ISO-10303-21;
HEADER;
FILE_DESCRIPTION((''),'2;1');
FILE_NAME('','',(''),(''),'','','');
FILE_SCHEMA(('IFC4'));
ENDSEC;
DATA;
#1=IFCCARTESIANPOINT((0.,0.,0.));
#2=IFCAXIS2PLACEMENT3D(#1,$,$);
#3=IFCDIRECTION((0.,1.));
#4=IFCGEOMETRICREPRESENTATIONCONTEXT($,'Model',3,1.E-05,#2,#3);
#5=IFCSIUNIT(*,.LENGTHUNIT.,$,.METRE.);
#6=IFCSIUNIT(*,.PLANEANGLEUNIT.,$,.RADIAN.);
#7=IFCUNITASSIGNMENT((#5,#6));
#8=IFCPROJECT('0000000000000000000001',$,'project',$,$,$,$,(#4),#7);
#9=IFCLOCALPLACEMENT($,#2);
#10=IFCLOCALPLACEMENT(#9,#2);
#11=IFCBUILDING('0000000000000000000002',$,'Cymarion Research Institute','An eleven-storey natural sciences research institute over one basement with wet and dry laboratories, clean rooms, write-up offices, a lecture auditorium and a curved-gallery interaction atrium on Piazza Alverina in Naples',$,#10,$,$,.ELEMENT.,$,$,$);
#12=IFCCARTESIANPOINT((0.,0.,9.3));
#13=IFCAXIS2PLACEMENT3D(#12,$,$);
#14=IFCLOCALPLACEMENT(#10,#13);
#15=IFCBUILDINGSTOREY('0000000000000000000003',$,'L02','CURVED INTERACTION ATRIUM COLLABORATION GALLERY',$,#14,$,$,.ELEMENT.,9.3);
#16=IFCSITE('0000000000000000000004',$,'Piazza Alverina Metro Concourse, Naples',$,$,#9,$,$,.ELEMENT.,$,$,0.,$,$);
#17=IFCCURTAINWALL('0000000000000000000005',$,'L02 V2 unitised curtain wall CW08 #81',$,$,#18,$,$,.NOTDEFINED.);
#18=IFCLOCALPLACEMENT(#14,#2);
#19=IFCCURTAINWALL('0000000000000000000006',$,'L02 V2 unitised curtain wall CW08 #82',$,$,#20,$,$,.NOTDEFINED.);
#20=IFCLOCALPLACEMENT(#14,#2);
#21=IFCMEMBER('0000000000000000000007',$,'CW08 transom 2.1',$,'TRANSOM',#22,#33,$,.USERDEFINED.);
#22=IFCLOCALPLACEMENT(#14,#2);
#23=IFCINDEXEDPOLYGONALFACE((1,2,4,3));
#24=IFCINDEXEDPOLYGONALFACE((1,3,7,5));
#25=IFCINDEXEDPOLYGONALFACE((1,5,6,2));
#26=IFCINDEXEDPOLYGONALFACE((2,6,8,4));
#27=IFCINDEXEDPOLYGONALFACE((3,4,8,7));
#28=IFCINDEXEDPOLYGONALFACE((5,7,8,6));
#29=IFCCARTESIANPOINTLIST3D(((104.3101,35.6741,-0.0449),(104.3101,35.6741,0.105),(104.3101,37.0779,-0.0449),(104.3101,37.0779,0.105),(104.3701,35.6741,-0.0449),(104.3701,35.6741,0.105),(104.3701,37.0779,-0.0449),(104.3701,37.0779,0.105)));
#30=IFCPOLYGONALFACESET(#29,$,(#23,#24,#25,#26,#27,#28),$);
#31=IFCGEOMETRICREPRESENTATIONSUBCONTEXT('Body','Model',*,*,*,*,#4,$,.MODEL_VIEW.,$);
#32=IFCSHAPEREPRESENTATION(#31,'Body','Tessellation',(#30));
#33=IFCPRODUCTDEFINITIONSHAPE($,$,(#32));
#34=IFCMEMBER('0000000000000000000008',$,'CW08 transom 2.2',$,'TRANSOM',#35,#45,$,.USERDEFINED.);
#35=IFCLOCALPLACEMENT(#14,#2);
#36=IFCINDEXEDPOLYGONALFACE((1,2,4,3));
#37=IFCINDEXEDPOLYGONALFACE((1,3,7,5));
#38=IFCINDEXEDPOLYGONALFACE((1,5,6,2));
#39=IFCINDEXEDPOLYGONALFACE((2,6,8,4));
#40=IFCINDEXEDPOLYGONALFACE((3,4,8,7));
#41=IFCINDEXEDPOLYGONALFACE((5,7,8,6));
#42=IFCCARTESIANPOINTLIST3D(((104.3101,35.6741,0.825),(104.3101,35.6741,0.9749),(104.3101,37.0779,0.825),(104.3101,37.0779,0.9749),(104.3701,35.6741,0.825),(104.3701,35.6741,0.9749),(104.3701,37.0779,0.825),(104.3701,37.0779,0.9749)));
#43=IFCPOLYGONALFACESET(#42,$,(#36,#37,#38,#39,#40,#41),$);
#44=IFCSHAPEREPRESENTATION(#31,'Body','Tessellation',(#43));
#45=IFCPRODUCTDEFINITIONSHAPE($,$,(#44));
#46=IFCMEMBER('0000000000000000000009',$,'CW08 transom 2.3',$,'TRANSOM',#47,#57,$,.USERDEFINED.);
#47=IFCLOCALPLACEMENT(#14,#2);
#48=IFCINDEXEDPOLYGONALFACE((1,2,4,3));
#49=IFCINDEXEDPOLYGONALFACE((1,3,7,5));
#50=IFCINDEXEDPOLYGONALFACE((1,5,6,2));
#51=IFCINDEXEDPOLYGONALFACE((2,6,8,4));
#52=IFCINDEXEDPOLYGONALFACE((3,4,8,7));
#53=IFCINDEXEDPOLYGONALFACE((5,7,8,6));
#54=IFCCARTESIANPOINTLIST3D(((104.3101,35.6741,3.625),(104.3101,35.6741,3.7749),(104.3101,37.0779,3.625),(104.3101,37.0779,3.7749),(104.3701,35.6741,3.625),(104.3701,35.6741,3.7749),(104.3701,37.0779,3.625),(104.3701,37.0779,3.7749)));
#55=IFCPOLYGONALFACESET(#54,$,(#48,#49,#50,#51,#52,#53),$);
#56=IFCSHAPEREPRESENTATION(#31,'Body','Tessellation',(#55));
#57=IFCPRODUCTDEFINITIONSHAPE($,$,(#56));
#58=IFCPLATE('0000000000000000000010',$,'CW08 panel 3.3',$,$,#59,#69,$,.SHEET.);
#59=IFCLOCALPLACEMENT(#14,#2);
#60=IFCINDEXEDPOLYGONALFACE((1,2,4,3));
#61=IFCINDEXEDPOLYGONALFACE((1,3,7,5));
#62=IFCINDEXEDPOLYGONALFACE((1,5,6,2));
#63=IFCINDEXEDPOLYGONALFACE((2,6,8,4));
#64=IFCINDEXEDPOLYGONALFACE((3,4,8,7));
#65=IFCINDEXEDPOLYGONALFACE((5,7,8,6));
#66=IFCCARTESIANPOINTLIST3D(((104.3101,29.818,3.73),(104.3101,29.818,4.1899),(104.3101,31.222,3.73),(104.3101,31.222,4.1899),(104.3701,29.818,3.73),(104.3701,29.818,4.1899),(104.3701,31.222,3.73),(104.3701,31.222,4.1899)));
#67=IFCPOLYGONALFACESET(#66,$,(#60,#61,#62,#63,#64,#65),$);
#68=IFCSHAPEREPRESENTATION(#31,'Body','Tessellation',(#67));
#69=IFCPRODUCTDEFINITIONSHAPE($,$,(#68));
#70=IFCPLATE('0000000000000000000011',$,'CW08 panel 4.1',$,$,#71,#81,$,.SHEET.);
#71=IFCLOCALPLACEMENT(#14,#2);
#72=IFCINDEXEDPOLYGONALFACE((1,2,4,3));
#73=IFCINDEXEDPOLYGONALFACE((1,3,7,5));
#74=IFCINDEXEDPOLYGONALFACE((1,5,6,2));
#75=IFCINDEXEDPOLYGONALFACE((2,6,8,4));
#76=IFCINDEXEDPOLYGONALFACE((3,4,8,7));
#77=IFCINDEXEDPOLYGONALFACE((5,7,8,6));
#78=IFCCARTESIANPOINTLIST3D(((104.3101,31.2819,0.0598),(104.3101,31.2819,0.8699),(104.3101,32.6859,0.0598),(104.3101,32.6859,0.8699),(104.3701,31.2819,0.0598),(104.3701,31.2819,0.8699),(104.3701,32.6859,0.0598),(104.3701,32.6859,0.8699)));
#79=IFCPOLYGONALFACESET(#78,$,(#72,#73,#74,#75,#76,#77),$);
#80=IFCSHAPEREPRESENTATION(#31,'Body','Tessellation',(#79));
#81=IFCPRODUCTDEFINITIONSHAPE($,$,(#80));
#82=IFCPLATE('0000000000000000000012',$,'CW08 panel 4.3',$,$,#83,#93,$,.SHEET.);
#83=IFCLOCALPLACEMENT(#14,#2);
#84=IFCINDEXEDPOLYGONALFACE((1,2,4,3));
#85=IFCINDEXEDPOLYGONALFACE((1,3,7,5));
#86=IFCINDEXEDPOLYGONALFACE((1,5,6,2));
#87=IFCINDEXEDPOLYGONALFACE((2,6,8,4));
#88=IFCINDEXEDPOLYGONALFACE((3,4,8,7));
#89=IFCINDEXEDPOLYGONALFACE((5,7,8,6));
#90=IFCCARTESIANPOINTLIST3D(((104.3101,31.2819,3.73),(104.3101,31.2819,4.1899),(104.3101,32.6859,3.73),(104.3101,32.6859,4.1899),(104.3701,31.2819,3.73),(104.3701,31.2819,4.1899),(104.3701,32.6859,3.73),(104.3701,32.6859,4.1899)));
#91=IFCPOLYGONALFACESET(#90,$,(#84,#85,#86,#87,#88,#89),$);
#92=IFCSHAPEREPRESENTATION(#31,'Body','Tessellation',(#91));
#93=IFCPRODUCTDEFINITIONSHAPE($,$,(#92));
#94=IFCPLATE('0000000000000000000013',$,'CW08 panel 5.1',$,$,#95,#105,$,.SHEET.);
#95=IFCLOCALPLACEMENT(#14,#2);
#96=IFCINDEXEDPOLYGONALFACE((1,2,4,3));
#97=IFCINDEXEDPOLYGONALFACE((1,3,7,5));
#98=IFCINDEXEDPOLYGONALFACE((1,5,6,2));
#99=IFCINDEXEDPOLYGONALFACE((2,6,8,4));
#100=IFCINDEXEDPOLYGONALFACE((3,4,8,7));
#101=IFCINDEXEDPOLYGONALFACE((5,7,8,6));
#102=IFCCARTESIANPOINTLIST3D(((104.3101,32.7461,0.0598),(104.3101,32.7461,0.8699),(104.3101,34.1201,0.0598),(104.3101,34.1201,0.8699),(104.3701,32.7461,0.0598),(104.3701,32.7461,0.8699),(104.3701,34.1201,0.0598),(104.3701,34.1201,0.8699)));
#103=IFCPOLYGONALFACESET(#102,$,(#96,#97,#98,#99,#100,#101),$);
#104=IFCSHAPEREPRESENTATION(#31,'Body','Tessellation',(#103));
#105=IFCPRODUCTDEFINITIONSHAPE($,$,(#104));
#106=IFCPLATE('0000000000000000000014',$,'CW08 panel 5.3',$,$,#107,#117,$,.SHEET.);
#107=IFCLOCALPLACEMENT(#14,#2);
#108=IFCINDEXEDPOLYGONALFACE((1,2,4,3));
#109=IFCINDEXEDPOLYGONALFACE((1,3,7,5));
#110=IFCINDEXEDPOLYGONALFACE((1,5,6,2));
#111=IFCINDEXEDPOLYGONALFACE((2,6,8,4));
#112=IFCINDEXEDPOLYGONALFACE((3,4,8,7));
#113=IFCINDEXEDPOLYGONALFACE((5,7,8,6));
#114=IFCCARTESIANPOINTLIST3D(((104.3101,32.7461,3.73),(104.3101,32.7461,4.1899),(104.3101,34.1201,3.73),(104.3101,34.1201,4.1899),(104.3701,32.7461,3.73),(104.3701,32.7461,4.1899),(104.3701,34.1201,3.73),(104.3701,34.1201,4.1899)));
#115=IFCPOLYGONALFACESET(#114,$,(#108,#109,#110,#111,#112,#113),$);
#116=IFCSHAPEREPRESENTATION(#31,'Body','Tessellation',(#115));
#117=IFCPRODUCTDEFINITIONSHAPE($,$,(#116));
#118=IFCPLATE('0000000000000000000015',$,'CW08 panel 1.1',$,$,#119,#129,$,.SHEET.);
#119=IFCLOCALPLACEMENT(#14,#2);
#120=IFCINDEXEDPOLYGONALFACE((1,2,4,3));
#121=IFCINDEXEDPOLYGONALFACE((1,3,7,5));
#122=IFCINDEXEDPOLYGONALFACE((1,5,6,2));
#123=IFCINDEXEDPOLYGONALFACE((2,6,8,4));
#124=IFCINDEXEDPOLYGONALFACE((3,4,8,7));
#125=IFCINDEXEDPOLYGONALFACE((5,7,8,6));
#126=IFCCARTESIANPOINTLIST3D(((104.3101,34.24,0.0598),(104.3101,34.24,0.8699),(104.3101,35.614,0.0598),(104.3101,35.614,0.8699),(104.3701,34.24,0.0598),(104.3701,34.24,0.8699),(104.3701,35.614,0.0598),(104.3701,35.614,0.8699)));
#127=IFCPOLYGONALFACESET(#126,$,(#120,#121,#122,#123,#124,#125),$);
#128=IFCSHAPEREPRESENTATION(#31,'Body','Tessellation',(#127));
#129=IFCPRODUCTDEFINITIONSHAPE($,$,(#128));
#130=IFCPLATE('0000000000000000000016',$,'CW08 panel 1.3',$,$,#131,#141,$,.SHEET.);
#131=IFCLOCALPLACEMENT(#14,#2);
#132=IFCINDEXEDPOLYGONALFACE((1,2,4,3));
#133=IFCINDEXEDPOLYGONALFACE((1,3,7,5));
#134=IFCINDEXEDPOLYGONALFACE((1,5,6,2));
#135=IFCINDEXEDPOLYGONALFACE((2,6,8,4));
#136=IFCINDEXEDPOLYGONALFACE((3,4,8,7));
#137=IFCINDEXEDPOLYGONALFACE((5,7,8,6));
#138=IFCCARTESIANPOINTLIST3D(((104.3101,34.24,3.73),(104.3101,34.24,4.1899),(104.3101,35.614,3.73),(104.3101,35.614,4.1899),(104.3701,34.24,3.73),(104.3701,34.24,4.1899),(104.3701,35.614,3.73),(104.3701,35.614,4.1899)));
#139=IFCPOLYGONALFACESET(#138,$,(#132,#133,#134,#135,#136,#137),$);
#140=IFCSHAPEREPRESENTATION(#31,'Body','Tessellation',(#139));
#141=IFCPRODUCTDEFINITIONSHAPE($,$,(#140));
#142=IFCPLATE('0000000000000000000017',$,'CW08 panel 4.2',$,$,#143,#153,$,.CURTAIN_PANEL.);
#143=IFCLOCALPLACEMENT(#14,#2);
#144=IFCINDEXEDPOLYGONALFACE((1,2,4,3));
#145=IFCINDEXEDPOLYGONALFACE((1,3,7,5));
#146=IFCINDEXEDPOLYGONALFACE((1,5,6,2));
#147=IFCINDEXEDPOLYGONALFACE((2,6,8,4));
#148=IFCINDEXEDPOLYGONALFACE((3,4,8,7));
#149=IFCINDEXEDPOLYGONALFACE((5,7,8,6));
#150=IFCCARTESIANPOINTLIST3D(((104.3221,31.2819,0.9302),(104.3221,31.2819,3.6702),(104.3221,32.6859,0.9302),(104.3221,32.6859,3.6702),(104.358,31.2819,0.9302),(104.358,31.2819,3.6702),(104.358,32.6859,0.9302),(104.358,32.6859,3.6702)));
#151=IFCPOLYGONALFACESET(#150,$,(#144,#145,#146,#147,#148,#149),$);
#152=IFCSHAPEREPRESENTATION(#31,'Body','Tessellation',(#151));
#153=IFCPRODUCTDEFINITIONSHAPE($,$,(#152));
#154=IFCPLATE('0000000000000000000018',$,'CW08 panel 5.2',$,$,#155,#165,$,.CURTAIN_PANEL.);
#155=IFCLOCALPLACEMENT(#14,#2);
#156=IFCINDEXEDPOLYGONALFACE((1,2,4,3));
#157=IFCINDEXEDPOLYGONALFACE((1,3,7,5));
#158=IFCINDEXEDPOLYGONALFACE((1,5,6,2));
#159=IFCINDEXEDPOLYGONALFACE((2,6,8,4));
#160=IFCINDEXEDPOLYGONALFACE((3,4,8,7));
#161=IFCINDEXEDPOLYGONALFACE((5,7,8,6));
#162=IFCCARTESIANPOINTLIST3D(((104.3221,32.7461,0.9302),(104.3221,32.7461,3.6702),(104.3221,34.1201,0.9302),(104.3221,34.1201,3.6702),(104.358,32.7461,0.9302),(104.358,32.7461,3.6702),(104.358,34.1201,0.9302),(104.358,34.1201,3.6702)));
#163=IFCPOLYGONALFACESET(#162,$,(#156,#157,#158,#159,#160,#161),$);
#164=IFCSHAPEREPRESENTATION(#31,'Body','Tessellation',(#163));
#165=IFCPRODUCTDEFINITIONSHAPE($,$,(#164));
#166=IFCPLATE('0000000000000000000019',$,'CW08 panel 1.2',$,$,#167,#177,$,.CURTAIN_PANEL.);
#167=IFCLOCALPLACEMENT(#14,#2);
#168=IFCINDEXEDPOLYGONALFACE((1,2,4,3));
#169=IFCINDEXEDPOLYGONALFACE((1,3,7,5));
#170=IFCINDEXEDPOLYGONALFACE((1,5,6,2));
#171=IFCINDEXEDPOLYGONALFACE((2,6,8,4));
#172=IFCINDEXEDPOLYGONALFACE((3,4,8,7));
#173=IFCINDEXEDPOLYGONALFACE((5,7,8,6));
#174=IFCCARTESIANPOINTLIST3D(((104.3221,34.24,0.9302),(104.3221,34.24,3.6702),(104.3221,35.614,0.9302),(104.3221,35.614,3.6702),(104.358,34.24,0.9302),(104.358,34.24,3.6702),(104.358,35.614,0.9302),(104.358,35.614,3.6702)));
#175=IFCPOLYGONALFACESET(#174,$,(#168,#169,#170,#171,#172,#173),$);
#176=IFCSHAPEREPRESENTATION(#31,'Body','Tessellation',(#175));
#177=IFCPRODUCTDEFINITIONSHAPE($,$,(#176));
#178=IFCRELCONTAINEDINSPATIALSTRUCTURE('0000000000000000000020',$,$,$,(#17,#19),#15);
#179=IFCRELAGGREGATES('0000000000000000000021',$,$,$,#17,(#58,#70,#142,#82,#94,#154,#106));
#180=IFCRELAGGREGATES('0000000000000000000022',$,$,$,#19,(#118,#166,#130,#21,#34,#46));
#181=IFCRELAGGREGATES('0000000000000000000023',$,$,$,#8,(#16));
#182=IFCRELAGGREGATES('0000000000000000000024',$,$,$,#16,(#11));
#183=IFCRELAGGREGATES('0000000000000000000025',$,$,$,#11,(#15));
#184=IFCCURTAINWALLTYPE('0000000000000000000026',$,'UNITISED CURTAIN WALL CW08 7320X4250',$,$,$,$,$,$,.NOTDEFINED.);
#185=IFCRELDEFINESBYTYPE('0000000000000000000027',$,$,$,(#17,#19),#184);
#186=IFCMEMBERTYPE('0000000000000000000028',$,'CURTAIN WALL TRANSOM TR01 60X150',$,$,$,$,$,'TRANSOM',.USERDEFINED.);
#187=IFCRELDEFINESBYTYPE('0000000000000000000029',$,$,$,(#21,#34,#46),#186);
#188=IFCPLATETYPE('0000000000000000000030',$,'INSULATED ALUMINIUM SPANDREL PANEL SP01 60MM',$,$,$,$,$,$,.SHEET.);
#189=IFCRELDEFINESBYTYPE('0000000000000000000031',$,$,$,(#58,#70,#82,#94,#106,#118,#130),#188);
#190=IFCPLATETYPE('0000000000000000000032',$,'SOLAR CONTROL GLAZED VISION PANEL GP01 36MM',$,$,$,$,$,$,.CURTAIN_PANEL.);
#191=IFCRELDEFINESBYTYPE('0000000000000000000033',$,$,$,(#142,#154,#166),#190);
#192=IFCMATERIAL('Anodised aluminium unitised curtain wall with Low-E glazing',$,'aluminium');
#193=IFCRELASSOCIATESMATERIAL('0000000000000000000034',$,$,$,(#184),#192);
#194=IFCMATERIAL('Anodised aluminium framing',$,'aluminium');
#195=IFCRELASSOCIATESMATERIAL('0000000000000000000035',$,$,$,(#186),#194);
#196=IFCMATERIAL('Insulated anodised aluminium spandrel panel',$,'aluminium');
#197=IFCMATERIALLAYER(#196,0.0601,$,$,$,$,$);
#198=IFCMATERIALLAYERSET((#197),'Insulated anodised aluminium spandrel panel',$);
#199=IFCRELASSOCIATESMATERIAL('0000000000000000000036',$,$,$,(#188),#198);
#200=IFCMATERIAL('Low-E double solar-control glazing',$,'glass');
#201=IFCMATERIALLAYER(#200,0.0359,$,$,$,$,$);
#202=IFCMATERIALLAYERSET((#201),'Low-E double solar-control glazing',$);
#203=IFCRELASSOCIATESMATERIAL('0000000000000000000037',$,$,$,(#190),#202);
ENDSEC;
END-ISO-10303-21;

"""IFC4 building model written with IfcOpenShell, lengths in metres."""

from ifc_helpers import new_model, si_unit, direction, frame, origin, origin_2d, place, context, subcontext, project, spatial, rectangle, extrude, material, layer, layer_set, material_profile, profile_set, type_object, element, aggregate, save


model = new_model("IFC4")

# Units and contexts
model_context = context("Model", 3, precision=1e-05, world=origin(), true_north=direction((0.0, 1.0)))
body_context = subcontext(model_context, "Body", "Model", "MODEL_VIEW")
ifc_project = project(units=[si_unit("LENGTHUNIT", "METRE"), si_unit("PLANEANGLEUNIT", "RADIAN")], contexts=[model_context])

# Site, building, storey
site_placement = place(None, origin())
site = spatial("IfcSite", under=ifc_project, at=site_placement, Name="Piazza Alverina Metro Concourse, Naples", CompositionType="ELEMENT", RefElevation=0.0)
building_placement = place(site_placement, origin())
building = spatial("IfcBuilding", under=site, at=building_placement, Name="Cymarion Research Institute", Description="An eleven-storey natural sciences research institute over one basement with wet and dry laboratories, clean rooms, write-up offices, a lecture auditorium and a curved-gallery interaction atrium on Piazza Alverina in Naples", CompositionType="ELEMENT")
storey_placement = place(building_placement, frame((0.0, 0.0, 9.3)))
storey = spatial("IfcBuildingStorey", under=building, at=storey_placement, Name="L02", Description="CURVED INTERACTION ATRIUM COLLABORATION GALLERY", CompositionType="ELEMENT", Elevation=9.3)

# Curtain wall
ifc_material_1 = material(Name="Anodised aluminium unitised curtain wall with Low-E glazing", Category="aluminium")
curtain_wall_type = type_object("IfcCurtainWallType", Name="UNITISED CURTAIN WALL CW08 7320X4250", PredefinedType="NOTDEFINED", material=ifc_material_1)
curtain_wall_1_placement = place(storey_placement, origin())
curtain_wall_1 = element("IfcCurtainWall", 1, at=curtain_wall_1_placement, inside=storey, type_object=curtain_wall_type, Name="L02 V2 unitised curtain wall CW08 #81", PredefinedType="NOTDEFINED")
ifc_material_2 = material(Name="Anodised aluminium framing", Category="aluminium")

# Curtain wall
curtain_wall_2_placement = place(storey_placement, origin())
curtain_wall_2 = element("IfcCurtainWall", 2, at=curtain_wall_2_placement, inside=storey, type_object=curtain_wall_type, Name="L02 V2 unitised curtain wall CW08 #82", PredefinedType="NOTDEFINED")

# Members
ifc_material_profile_1 = material_profile(ifc_material_2, rectangle(XDim=0.0601, YDim=0.1499, at=origin_2d()), Name="ALU TRANSOM 60x150")
ifc_profile_set_1 = profile_set([ifc_material_profile_1], Name="Anodised aluminium framing")
member_type_1 = type_object("IfcMemberType", Name="CURTAIN WALL TRANSOM TR01 60X150", ElementType="TRANSOM", PredefinedType="USERDEFINED", material=ifc_profile_set_1)
member_1_placement = place(storey_placement, frame((104.3401, 35.6741, 0.03), z_axis=(0.0, 1.0, 0.0), x_axis=(-1.0, 0.0, 0.0)))
member_1 = element("IfcMember", 3, at=member_1_placement, type_object=member_type_1, Name="CW08 transom 2.1", ObjectType="TRANSOM", PredefinedType="USERDEFINED", context=body_context, shape_type="SweptSolid", body=[
    extrude(rectangle(XDim=0.0601, YDim=0.1499, at=origin_2d()), origin(), (0.0, 0.0, 1.0), 1.4038),
])
member_2_placement = place(storey_placement, frame((104.3401, 35.6741, 0.8999), z_axis=(0.0, 1.0, 0.0), x_axis=(-1.0, 0.0, 0.0)))
member_2 = element("IfcMember", 4, at=member_2_placement, type_object=member_type_1, Name="CW08 transom 2.2", ObjectType="TRANSOM", PredefinedType="USERDEFINED", context=body_context, shape_type="SweptSolid", body=[
    extrude(rectangle(XDim=0.0601, YDim=0.1499, at=origin_2d()), origin(), (0.0, 0.0, 1.0), 1.4038),
])
member_3_placement = place(storey_placement, frame((104.3401, 35.6741, 3.7), z_axis=(0.0, 1.0, 0.0), x_axis=(-1.0, 0.0, 0.0)))
member_3 = element("IfcMember", 5, at=member_3_placement, type_object=member_type_1, Name="CW08 transom 2.3", ObjectType="TRANSOM", PredefinedType="USERDEFINED", context=body_context, shape_type="SweptSolid", body=[
    extrude(rectangle(XDim=0.0601, YDim=0.1499, at=origin_2d()), origin(), (0.0, 0.0, 1.0), 1.4038),
])

# Plates
ifc_material_3 = material(Name="Insulated anodised aluminium spandrel panel", Category="aluminium")
ifc_layer_1 = layer(ifc_material_3, 0.0601)
ifc_layer_set_1 = layer_set([ifc_layer_1], Name="Insulated anodised aluminium spandrel panel")
plate_type_1 = type_object("IfcPlateType", Name="INSULATED ALUMINIUM SPANDREL PANEL SP01 60MM", PredefinedType="SHEET", material=ifc_layer_set_1)
plate_1_placement = place(storey_placement, frame((104.3401, 30.52, 3.73), z_axis=(0.0, 0.0, 1.0), x_axis=(0.0, 1.0, 0.0)))
plate_1 = element("IfcPlate", 6, at=plate_1_placement, type_object=plate_type_1, Name="CW08 panel 3.3", PredefinedType="SHEET", context=body_context, shape_type="SweptSolid", body=[
    extrude(rectangle(XDim=1.4041, YDim=0.0601, at=origin_2d()), origin(), (0.0, 0.0, 1.0), 0.46),
])
plate_2_placement = place(storey_placement, frame((104.3401, 31.9839, 0.0598), z_axis=(0.0, 0.0, 1.0), x_axis=(0.0, 1.0, 0.0)))
plate_2 = element("IfcPlate", 7, at=plate_2_placement, type_object=plate_type_1, Name="CW08 panel 4.1", PredefinedType="SHEET", context=body_context, shape_type="SweptSolid", body=[
    extrude(rectangle(XDim=1.4041, YDim=0.0601, at=origin_2d()), origin(), (0.0, 0.0, 1.0), 0.8101),
])
plate_3_placement = place(storey_placement, frame((104.3401, 31.9839, 3.73), z_axis=(0.0, 0.0, 1.0), x_axis=(0.0, 1.0, 0.0)))
plate_3 = element("IfcPlate", 8, at=plate_3_placement, type_object=plate_type_1, Name="CW08 panel 4.3", PredefinedType="SHEET", context=body_context, shape_type="SweptSolid", body=[
    extrude(rectangle(XDim=1.4041, YDim=0.0601, at=origin_2d()), origin(), (0.0, 0.0, 1.0), 0.46),
])
plate_4_placement = place(storey_placement, frame((104.3401, 33.4331, 0.0598), z_axis=(0.0, 0.0, 1.0), x_axis=(0.0, 1.0, 0.0)))
plate_4 = element("IfcPlate", 9, at=plate_4_placement, type_object=plate_type_1, Name="CW08 panel 5.1", PredefinedType="SHEET", context=body_context, shape_type="SweptSolid", body=[
    extrude(rectangle(XDim=1.374, YDim=0.0601, at=origin_2d()), origin(), (0.0, 0.0, 1.0), 0.8101),
])
plate_5_placement = place(storey_placement, frame((104.3401, 33.4331, 3.73), z_axis=(0.0, 0.0, 1.0), x_axis=(0.0, 1.0, 0.0)))
plate_5 = element("IfcPlate", 10, at=plate_5_placement, type_object=plate_type_1, Name="CW08 panel 5.3", PredefinedType="SHEET", context=body_context, shape_type="SweptSolid", body=[
    extrude(rectangle(XDim=1.374, YDim=0.0601, at=origin_2d()), origin(), (0.0, 0.0, 1.0), 0.46),
])
plate_6_placement = place(storey_placement, frame((104.3401, 34.927, 0.0598), z_axis=(0.0, 0.0, 1.0), x_axis=(0.0, 1.0, 0.0)))
plate_6 = element("IfcPlate", 11, at=plate_6_placement, type_object=plate_type_1, Name="CW08 panel 1.1", PredefinedType="SHEET", context=body_context, shape_type="SweptSolid", body=[
    extrude(rectangle(XDim=1.374, YDim=0.0601, at=origin_2d()), origin(), (0.0, 0.0, 1.0), 0.8101),
])
plate_7_placement = place(storey_placement, frame((104.3401, 34.927, 3.73), z_axis=(0.0, 0.0, 1.0), x_axis=(0.0, 1.0, 0.0)))
plate_7 = element("IfcPlate", 12, at=plate_7_placement, type_object=plate_type_1, Name="CW08 panel 1.3", PredefinedType="SHEET", context=body_context, shape_type="SweptSolid", body=[
    extrude(rectangle(XDim=1.374, YDim=0.0601, at=origin_2d()), origin(), (0.0, 0.0, 1.0), 0.46),
])
ifc_material_4 = material(Name="Low-E double solar-control glazing", Category="glass")
ifc_layer_2 = layer(ifc_material_4, 0.0359)
ifc_layer_set_2 = layer_set([ifc_layer_2], Name="Low-E double solar-control glazing")
plate_type_2 = type_object("IfcPlateType", Name="SOLAR CONTROL GLAZED VISION PANEL GP01 36MM", PredefinedType="CURTAIN_PANEL", material=ifc_layer_set_2)
plate_8_placement = place(storey_placement, frame((104.3401, 31.9839, 0.9302), z_axis=(0.0, 0.0, 1.0), x_axis=(0.0, 1.0, 0.0)))
plate_8 = element("IfcPlate", 13, at=plate_8_placement, type_object=plate_type_2, Name="CW08 panel 4.2", PredefinedType="CURTAIN_PANEL", context=body_context, shape_type="SweptSolid", body=[
    extrude(rectangle(XDim=1.4041, YDim=0.0359, at=origin_2d()), origin(), (0.0, 0.0, 1.0), 2.74),
])
plate_9_placement = place(storey_placement, frame((104.3401, 33.4331, 0.9302), z_axis=(0.0, 0.0, 1.0), x_axis=(0.0, 1.0, 0.0)))
plate_9 = element("IfcPlate", 14, at=plate_9_placement, type_object=plate_type_2, Name="CW08 panel 5.2", PredefinedType="CURTAIN_PANEL", context=body_context, shape_type="SweptSolid", body=[
    extrude(rectangle(XDim=1.374, YDim=0.0359, at=origin_2d()), origin(), (0.0, 0.0, 1.0), 2.74),
])
aggregate(curtain_wall_1, [plate_1, plate_2, plate_8, plate_3, plate_4, plate_9, plate_5])
plate_10_placement = place(storey_placement, frame((104.3401, 34.927, 0.9302), z_axis=(0.0, 0.0, 1.0), x_axis=(0.0, 1.0, 0.0)))
plate_10 = element("IfcPlate", 15, at=plate_10_placement, type_object=plate_type_2, Name="CW08 panel 1.2", PredefinedType="CURTAIN_PANEL", context=body_context, shape_type="SweptSolid", body=[
    extrude(rectangle(XDim=1.374, YDim=0.0359, at=origin_2d()), origin(), (0.0, 0.0, 1.0), 2.74),
])
aggregate(curtain_wall_2, [plate_6, plate_10, plate_7, member_1, member_2, member_3])

save(model, "model.ifc")
